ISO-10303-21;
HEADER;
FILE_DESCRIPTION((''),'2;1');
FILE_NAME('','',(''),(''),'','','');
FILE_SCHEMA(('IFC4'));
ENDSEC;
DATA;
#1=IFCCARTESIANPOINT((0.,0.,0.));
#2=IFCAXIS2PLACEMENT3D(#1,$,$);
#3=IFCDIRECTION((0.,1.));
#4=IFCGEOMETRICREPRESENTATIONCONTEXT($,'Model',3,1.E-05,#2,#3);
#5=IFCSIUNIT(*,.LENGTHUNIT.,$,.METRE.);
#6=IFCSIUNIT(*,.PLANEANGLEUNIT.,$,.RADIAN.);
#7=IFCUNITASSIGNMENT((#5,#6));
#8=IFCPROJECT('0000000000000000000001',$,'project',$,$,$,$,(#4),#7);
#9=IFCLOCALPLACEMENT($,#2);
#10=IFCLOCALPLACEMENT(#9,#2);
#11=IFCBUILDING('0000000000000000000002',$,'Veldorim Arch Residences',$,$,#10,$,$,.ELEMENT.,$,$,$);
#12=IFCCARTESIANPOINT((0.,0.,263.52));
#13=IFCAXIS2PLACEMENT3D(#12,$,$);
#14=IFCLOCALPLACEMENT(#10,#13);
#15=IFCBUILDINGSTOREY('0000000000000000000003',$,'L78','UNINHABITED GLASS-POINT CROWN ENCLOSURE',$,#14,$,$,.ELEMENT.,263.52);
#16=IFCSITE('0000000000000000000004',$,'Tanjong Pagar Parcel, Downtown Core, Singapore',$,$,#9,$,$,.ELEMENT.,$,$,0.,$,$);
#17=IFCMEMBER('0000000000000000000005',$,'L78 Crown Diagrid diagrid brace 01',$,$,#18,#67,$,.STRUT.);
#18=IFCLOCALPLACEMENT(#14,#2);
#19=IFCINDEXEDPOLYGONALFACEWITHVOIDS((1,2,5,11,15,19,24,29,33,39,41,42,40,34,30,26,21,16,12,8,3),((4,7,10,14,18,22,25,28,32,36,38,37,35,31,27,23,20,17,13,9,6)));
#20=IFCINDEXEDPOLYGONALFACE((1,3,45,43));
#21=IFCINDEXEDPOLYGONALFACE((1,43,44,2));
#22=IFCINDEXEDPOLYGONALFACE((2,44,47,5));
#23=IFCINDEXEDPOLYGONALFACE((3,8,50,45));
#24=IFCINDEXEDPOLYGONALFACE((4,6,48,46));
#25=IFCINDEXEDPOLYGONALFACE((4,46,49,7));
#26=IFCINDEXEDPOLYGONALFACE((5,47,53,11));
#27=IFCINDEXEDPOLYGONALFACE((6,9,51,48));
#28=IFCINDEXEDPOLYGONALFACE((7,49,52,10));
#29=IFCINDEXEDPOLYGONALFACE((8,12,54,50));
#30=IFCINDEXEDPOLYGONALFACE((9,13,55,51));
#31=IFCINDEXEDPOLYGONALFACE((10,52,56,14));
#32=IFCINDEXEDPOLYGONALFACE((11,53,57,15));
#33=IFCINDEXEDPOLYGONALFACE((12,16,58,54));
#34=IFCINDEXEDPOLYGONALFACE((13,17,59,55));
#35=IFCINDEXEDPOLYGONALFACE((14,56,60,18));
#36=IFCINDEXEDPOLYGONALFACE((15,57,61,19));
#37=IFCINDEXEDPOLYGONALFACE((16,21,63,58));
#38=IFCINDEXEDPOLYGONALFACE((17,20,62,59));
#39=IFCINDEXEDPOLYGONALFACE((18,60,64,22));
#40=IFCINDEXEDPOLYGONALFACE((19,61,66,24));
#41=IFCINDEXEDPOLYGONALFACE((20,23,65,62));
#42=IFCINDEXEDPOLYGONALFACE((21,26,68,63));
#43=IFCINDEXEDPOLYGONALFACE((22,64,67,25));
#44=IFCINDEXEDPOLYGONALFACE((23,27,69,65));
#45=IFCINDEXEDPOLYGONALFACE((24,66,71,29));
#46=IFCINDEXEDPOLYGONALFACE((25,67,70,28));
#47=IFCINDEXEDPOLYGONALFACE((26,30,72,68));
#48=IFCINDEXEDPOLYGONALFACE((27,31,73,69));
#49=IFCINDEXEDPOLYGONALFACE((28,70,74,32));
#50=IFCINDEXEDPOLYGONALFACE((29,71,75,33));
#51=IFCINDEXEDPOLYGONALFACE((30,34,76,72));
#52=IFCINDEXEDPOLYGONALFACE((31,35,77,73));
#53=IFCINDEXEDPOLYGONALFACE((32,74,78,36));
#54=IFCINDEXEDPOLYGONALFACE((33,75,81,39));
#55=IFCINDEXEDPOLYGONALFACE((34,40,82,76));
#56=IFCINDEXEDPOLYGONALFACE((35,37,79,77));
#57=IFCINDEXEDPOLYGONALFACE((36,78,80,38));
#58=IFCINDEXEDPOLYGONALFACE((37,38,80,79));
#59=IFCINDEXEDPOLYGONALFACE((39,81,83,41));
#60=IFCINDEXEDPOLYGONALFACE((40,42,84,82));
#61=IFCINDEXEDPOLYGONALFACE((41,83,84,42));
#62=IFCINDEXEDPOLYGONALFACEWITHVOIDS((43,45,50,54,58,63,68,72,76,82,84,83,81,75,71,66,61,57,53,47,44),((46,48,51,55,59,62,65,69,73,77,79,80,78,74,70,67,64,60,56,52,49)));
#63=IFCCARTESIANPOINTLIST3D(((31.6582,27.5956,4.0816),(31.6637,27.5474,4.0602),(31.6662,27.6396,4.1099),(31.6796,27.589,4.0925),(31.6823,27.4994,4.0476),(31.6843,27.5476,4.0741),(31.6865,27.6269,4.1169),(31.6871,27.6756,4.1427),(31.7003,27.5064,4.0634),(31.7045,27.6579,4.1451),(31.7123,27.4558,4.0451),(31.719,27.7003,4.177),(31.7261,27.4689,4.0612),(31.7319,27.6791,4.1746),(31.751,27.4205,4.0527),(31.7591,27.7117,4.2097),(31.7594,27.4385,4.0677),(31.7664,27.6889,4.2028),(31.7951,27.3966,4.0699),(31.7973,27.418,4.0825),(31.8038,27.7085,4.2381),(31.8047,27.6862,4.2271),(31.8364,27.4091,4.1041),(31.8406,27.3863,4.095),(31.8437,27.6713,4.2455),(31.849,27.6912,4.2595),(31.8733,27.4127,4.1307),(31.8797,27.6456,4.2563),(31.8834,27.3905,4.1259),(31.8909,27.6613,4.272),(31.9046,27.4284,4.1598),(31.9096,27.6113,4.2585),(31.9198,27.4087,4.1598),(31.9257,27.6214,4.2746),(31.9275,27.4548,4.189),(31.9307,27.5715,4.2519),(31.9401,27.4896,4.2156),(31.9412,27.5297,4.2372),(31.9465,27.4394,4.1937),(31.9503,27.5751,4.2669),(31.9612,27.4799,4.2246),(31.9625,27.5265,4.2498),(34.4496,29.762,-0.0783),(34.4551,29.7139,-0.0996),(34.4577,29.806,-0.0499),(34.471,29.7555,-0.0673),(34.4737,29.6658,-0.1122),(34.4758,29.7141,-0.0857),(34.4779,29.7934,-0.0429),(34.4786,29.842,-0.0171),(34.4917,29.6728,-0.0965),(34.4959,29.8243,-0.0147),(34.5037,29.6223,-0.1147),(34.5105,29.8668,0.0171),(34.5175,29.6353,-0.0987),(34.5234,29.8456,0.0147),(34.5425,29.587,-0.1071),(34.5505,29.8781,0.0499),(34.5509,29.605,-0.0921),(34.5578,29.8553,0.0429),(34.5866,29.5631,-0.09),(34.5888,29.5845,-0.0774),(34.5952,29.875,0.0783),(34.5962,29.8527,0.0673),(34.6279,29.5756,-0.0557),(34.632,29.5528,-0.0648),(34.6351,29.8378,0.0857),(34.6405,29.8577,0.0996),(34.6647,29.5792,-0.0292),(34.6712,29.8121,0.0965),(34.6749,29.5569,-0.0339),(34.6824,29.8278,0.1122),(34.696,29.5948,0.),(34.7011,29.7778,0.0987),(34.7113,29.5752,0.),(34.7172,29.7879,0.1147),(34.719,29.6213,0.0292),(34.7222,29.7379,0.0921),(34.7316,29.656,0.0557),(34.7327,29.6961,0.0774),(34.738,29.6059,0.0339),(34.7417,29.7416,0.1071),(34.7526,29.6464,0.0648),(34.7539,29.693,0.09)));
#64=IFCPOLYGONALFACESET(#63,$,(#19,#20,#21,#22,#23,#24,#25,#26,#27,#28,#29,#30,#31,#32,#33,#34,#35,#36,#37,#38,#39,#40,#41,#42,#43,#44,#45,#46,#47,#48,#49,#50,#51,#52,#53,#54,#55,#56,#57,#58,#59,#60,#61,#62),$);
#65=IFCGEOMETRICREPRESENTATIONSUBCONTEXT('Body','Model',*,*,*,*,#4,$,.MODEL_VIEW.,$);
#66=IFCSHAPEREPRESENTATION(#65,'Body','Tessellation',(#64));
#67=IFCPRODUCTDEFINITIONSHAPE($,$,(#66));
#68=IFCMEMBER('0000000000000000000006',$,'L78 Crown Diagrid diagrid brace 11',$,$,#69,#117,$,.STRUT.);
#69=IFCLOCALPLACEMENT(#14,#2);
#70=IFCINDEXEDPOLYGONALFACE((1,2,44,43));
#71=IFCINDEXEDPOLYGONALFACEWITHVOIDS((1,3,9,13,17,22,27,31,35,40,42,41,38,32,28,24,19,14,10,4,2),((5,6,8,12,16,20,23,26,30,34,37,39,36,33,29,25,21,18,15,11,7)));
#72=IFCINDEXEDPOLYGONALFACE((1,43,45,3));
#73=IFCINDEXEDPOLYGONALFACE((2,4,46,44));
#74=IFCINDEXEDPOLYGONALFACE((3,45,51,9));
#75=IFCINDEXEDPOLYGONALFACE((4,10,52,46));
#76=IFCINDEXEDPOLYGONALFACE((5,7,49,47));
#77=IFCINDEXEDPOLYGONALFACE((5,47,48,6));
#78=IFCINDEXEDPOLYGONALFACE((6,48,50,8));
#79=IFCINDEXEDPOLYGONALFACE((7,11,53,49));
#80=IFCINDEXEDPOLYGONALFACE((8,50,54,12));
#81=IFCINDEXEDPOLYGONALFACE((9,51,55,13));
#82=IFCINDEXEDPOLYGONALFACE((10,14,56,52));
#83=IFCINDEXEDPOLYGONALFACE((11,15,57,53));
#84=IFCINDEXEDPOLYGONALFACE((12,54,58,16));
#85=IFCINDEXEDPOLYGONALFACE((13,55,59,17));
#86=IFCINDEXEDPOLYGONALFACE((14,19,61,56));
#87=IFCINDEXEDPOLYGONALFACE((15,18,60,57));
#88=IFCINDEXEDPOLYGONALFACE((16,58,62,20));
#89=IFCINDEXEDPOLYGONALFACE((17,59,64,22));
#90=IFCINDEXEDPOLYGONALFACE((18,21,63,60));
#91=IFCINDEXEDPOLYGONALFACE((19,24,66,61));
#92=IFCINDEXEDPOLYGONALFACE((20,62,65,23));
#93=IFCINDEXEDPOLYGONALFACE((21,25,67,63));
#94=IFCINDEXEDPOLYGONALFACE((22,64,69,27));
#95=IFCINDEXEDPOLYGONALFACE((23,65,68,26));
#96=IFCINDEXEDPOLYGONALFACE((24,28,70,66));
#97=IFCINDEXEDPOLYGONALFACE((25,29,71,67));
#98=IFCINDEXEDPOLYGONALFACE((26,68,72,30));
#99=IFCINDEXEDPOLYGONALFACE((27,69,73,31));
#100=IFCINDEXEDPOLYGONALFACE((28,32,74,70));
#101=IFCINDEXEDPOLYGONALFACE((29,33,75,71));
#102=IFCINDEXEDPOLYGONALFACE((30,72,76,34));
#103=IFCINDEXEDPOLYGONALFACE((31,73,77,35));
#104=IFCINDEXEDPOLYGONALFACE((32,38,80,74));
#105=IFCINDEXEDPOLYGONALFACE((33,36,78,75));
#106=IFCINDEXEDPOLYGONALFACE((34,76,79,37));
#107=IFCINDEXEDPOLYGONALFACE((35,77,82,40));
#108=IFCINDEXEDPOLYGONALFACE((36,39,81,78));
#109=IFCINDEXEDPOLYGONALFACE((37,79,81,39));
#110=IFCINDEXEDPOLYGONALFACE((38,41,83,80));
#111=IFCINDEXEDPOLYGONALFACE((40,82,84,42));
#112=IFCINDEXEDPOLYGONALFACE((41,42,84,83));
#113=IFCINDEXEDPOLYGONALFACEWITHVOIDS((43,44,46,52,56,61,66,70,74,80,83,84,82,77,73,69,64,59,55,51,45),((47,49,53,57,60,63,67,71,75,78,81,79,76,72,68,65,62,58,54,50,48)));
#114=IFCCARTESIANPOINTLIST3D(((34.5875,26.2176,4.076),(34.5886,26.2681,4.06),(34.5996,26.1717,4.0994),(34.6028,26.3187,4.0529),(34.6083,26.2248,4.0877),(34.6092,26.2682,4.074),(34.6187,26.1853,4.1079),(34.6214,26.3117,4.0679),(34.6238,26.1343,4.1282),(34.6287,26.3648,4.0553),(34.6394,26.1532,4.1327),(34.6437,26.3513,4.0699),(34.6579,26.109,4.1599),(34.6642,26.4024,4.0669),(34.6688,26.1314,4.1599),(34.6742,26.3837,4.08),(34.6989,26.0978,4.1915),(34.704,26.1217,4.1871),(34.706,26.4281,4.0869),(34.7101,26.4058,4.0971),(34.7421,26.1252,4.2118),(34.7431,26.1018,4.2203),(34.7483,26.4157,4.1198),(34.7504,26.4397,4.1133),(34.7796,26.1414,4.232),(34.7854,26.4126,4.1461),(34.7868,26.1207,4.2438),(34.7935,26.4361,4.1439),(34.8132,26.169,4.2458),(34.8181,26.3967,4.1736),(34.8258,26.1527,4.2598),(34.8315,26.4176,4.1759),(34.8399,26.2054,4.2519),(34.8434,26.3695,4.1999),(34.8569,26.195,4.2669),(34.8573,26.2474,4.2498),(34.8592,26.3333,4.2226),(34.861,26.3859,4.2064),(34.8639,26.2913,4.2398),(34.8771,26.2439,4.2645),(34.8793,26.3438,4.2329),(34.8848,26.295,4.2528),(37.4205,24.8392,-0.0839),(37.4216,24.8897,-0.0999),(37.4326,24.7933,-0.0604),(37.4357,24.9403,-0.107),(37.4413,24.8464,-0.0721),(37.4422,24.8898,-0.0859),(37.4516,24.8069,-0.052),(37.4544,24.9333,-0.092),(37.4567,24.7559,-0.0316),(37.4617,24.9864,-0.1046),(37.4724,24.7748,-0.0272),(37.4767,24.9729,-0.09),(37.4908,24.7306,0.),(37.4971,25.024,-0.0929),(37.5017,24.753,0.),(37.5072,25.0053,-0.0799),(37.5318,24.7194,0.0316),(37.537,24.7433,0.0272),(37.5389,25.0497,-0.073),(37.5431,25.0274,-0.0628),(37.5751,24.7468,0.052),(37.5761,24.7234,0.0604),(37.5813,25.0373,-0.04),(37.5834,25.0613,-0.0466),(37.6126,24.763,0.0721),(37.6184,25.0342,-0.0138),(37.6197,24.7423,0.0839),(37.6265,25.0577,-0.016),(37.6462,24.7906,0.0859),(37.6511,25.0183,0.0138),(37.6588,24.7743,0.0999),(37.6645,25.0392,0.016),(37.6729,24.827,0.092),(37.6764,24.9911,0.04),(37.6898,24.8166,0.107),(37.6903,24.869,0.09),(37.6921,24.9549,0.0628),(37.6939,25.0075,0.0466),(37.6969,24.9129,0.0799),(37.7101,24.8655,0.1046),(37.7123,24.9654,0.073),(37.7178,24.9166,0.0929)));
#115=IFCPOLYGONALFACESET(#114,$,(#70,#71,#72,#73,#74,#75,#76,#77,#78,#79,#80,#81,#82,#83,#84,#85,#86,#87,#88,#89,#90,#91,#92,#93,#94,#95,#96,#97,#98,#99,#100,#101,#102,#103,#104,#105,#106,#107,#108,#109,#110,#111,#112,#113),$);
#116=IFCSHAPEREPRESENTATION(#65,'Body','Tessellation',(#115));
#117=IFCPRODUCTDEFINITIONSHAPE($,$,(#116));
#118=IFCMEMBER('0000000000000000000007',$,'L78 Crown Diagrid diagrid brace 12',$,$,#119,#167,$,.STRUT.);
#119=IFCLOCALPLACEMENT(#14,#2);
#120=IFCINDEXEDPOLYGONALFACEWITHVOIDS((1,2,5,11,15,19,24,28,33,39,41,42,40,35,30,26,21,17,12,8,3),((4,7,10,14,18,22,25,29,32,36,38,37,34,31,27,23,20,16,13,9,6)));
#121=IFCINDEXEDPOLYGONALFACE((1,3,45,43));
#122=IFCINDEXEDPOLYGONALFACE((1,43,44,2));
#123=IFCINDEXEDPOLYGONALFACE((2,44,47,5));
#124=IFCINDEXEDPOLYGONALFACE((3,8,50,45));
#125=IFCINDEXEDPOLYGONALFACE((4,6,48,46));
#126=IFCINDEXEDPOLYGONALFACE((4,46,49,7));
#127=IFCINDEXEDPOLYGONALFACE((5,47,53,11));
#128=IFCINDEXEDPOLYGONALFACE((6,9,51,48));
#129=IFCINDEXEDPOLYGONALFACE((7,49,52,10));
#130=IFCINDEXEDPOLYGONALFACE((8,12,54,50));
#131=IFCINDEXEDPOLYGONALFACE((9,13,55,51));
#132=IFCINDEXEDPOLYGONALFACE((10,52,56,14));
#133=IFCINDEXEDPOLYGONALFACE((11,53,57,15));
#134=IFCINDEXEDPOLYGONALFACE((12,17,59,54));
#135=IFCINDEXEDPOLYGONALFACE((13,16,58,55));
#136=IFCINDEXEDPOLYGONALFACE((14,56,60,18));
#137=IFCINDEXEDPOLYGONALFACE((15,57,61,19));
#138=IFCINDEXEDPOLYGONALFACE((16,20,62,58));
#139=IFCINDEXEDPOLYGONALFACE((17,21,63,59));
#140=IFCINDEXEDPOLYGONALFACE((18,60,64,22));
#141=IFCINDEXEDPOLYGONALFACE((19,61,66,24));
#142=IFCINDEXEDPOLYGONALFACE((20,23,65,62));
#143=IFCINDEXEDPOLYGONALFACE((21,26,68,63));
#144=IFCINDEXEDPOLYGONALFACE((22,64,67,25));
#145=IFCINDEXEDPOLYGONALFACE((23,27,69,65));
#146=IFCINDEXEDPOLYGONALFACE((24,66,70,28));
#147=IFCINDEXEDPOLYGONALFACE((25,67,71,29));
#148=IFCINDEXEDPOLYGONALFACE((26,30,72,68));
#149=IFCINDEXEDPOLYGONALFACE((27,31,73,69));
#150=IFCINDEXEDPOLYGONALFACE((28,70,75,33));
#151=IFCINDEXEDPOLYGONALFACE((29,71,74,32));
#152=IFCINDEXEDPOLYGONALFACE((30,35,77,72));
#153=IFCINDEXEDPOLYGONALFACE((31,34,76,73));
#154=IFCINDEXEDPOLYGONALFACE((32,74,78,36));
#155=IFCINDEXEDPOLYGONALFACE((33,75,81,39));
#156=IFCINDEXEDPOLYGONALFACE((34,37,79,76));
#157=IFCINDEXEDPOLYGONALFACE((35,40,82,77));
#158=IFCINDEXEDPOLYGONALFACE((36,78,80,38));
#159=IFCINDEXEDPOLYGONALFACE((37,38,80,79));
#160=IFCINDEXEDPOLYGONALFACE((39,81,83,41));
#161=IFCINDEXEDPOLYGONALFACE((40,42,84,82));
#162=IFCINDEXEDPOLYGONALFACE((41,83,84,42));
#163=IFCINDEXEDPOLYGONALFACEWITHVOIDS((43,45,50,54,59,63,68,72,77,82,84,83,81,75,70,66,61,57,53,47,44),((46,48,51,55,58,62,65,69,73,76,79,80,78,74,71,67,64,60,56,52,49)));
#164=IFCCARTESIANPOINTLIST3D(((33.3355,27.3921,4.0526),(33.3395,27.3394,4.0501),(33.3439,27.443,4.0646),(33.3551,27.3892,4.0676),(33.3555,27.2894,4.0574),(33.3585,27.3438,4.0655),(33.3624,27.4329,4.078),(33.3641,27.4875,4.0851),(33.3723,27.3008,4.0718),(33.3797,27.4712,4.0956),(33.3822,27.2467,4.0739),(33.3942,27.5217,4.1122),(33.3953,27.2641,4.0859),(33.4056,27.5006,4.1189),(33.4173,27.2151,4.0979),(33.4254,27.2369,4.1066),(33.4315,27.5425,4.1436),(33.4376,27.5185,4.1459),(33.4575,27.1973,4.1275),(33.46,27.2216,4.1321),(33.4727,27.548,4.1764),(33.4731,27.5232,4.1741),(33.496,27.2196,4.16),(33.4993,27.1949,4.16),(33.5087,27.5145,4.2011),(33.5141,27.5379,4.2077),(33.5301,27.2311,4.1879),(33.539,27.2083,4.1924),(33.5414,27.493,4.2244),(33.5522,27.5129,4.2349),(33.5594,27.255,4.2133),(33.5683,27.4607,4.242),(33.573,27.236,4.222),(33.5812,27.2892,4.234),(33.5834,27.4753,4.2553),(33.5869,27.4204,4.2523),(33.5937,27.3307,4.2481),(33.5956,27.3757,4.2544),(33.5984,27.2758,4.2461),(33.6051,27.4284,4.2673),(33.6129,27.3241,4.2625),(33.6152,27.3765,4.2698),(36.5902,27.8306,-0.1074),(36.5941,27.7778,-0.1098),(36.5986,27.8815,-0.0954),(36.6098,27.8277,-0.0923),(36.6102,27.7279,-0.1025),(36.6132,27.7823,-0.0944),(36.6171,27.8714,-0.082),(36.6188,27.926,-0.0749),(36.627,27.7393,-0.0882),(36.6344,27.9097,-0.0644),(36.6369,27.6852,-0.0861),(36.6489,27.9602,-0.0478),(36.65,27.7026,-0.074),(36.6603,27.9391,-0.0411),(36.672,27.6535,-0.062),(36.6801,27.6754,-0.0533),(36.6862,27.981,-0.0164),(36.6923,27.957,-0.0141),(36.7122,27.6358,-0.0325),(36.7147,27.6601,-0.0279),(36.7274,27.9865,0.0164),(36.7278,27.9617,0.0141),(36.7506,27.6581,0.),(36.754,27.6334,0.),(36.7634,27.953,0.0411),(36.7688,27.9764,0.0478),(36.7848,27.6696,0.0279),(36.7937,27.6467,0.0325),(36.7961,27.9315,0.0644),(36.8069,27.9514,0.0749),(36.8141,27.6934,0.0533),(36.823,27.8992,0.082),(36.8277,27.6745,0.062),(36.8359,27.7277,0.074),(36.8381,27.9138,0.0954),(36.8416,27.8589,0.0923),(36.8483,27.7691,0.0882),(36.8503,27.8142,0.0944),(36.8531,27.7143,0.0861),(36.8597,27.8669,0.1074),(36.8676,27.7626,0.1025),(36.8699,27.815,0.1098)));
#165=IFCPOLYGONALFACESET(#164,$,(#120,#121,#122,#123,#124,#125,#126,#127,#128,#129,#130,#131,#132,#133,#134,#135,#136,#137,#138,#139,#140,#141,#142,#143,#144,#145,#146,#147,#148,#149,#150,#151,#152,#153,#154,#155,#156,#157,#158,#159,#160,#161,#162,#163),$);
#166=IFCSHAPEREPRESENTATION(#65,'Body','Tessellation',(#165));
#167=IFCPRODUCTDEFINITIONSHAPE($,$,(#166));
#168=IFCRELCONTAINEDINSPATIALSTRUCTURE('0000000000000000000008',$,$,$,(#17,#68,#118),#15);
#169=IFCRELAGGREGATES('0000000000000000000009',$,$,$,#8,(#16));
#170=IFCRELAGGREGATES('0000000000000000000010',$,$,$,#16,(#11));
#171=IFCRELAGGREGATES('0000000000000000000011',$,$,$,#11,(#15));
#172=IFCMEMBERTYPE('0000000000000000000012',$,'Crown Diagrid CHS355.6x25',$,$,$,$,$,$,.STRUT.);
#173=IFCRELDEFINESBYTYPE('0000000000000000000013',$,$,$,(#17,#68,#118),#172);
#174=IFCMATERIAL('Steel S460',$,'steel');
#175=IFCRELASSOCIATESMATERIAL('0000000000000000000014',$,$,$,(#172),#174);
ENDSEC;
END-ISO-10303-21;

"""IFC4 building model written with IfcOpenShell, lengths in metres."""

from ifc_helpers import new_model, si_unit, direction, frame, origin, origin_2d, place, context, subcontext, project, spatial, hollow_circle, extrude, material, material_profile, profile_set, type_object, element, save


model = new_model("IFC4")

# Units and contexts
model_context = context("Model", 3, precision=1e-05, world=origin(), true_north=direction((0.0, 1.0)))
body_context = subcontext(model_context, "Body", "Model", "MODEL_VIEW")
ifc_project = project(units=[si_unit("LENGTHUNIT", "METRE"), si_unit("PLANEANGLEUNIT", "RADIAN")], contexts=[model_context])

# Site, building, storey
site_placement = place(None, origin())
site = spatial("IfcSite", under=ifc_project, at=site_placement, Name="Tanjong Pagar Parcel, Downtown Core, Singapore", CompositionType="ELEMENT", RefElevation=0.0)
building_placement = place(site_placement, origin())
building = spatial("IfcBuilding", under=site, at=building_placement, Name="Veldorim Arch Residences", CompositionType="ELEMENT")
storey_placement = place(building_placement, frame((0.0, 0.0, 263.52)))
storey = spatial("IfcBuildingStorey", under=building, at=storey_placement, Name="L78", Description="UNINHABITED GLASS-POINT CROWN ENCLOSURE", CompositionType="ELEMENT", Elevation=263.52)

# Members
ifc_material_1 = material(Name="Steel S460", Category="steel")
ifc_material_profile_1 = material_profile(ifc_material_1, hollow_circle(Radius=0.1777, WallThickness=0.0249, at=origin_2d()), Name="CHS355.6x25")
ifc_profile_set_1 = profile_set([ifc_material_profile_1], Name="Steel S460")
member_type_1 = type_object("IfcMemberType", Name="Crown Diagrid CHS355.6x25", PredefinedType="STRUT", material=ifc_profile_set_1)
member_1_placement = place(storey_placement, frame((34.6023, 29.7156, 0.0), z_axis=(-0.51144, -0.396932, 0.762151), x_axis=(0.613118, -0.789992, 0.0)))
element("IfcMember", 1, at=member_1_placement, inside=storey, type_object=member_type_1, Name="L78 Crown Diagrid diagrid brace 01", PredefinedType="STRUT", context=body_context, shape_type="SweptSolid", body=[
    extrude(hollow_circle(Radius=0.1777, WallThickness=0.0249, at=origin_2d()), origin(), (0.0, 0.0, 1.0), 5.458),
])
member_2_placement = place(storey_placement, frame((37.5686, 24.8904, 0.0), z_axis=(-0.542897, 0.26415, 0.797175), x_axis=(-0.437517, -0.89921, 0.0)))
element("IfcMember", 2, at=member_2_placement, inside=storey, type_object=member_type_1, Name="L78 Crown Diagrid diagrid brace 11", PredefinedType="STRUT", context=body_context, shape_type="SweptSolid", body=[
    extrude(hollow_circle(Radius=0.1777, WallThickness=0.0249, at=origin_2d()), origin(), (0.0, 0.0, 1.0), 5.2183),
])
member_3_placement = place(storey_placement, frame((36.7302, 27.8096, 0.0), z_axis=(-0.614085, -0.082732, 0.784892), x_axis=(0.133517, -0.991046, 0.0)))
element("IfcMember", 3, at=member_3_placement, inside=storey, type_object=member_type_1, Name="L78 Crown Diagrid diagrid brace 12", PredefinedType="STRUT", context=body_context, shape_type="SweptSolid", body=[
    extrude(hollow_circle(Radius=0.1777, WallThickness=0.0249, at=origin_2d()), origin(), (0.0, 0.0, 1.0), 5.3),
])

save(model, "model.ifc")
